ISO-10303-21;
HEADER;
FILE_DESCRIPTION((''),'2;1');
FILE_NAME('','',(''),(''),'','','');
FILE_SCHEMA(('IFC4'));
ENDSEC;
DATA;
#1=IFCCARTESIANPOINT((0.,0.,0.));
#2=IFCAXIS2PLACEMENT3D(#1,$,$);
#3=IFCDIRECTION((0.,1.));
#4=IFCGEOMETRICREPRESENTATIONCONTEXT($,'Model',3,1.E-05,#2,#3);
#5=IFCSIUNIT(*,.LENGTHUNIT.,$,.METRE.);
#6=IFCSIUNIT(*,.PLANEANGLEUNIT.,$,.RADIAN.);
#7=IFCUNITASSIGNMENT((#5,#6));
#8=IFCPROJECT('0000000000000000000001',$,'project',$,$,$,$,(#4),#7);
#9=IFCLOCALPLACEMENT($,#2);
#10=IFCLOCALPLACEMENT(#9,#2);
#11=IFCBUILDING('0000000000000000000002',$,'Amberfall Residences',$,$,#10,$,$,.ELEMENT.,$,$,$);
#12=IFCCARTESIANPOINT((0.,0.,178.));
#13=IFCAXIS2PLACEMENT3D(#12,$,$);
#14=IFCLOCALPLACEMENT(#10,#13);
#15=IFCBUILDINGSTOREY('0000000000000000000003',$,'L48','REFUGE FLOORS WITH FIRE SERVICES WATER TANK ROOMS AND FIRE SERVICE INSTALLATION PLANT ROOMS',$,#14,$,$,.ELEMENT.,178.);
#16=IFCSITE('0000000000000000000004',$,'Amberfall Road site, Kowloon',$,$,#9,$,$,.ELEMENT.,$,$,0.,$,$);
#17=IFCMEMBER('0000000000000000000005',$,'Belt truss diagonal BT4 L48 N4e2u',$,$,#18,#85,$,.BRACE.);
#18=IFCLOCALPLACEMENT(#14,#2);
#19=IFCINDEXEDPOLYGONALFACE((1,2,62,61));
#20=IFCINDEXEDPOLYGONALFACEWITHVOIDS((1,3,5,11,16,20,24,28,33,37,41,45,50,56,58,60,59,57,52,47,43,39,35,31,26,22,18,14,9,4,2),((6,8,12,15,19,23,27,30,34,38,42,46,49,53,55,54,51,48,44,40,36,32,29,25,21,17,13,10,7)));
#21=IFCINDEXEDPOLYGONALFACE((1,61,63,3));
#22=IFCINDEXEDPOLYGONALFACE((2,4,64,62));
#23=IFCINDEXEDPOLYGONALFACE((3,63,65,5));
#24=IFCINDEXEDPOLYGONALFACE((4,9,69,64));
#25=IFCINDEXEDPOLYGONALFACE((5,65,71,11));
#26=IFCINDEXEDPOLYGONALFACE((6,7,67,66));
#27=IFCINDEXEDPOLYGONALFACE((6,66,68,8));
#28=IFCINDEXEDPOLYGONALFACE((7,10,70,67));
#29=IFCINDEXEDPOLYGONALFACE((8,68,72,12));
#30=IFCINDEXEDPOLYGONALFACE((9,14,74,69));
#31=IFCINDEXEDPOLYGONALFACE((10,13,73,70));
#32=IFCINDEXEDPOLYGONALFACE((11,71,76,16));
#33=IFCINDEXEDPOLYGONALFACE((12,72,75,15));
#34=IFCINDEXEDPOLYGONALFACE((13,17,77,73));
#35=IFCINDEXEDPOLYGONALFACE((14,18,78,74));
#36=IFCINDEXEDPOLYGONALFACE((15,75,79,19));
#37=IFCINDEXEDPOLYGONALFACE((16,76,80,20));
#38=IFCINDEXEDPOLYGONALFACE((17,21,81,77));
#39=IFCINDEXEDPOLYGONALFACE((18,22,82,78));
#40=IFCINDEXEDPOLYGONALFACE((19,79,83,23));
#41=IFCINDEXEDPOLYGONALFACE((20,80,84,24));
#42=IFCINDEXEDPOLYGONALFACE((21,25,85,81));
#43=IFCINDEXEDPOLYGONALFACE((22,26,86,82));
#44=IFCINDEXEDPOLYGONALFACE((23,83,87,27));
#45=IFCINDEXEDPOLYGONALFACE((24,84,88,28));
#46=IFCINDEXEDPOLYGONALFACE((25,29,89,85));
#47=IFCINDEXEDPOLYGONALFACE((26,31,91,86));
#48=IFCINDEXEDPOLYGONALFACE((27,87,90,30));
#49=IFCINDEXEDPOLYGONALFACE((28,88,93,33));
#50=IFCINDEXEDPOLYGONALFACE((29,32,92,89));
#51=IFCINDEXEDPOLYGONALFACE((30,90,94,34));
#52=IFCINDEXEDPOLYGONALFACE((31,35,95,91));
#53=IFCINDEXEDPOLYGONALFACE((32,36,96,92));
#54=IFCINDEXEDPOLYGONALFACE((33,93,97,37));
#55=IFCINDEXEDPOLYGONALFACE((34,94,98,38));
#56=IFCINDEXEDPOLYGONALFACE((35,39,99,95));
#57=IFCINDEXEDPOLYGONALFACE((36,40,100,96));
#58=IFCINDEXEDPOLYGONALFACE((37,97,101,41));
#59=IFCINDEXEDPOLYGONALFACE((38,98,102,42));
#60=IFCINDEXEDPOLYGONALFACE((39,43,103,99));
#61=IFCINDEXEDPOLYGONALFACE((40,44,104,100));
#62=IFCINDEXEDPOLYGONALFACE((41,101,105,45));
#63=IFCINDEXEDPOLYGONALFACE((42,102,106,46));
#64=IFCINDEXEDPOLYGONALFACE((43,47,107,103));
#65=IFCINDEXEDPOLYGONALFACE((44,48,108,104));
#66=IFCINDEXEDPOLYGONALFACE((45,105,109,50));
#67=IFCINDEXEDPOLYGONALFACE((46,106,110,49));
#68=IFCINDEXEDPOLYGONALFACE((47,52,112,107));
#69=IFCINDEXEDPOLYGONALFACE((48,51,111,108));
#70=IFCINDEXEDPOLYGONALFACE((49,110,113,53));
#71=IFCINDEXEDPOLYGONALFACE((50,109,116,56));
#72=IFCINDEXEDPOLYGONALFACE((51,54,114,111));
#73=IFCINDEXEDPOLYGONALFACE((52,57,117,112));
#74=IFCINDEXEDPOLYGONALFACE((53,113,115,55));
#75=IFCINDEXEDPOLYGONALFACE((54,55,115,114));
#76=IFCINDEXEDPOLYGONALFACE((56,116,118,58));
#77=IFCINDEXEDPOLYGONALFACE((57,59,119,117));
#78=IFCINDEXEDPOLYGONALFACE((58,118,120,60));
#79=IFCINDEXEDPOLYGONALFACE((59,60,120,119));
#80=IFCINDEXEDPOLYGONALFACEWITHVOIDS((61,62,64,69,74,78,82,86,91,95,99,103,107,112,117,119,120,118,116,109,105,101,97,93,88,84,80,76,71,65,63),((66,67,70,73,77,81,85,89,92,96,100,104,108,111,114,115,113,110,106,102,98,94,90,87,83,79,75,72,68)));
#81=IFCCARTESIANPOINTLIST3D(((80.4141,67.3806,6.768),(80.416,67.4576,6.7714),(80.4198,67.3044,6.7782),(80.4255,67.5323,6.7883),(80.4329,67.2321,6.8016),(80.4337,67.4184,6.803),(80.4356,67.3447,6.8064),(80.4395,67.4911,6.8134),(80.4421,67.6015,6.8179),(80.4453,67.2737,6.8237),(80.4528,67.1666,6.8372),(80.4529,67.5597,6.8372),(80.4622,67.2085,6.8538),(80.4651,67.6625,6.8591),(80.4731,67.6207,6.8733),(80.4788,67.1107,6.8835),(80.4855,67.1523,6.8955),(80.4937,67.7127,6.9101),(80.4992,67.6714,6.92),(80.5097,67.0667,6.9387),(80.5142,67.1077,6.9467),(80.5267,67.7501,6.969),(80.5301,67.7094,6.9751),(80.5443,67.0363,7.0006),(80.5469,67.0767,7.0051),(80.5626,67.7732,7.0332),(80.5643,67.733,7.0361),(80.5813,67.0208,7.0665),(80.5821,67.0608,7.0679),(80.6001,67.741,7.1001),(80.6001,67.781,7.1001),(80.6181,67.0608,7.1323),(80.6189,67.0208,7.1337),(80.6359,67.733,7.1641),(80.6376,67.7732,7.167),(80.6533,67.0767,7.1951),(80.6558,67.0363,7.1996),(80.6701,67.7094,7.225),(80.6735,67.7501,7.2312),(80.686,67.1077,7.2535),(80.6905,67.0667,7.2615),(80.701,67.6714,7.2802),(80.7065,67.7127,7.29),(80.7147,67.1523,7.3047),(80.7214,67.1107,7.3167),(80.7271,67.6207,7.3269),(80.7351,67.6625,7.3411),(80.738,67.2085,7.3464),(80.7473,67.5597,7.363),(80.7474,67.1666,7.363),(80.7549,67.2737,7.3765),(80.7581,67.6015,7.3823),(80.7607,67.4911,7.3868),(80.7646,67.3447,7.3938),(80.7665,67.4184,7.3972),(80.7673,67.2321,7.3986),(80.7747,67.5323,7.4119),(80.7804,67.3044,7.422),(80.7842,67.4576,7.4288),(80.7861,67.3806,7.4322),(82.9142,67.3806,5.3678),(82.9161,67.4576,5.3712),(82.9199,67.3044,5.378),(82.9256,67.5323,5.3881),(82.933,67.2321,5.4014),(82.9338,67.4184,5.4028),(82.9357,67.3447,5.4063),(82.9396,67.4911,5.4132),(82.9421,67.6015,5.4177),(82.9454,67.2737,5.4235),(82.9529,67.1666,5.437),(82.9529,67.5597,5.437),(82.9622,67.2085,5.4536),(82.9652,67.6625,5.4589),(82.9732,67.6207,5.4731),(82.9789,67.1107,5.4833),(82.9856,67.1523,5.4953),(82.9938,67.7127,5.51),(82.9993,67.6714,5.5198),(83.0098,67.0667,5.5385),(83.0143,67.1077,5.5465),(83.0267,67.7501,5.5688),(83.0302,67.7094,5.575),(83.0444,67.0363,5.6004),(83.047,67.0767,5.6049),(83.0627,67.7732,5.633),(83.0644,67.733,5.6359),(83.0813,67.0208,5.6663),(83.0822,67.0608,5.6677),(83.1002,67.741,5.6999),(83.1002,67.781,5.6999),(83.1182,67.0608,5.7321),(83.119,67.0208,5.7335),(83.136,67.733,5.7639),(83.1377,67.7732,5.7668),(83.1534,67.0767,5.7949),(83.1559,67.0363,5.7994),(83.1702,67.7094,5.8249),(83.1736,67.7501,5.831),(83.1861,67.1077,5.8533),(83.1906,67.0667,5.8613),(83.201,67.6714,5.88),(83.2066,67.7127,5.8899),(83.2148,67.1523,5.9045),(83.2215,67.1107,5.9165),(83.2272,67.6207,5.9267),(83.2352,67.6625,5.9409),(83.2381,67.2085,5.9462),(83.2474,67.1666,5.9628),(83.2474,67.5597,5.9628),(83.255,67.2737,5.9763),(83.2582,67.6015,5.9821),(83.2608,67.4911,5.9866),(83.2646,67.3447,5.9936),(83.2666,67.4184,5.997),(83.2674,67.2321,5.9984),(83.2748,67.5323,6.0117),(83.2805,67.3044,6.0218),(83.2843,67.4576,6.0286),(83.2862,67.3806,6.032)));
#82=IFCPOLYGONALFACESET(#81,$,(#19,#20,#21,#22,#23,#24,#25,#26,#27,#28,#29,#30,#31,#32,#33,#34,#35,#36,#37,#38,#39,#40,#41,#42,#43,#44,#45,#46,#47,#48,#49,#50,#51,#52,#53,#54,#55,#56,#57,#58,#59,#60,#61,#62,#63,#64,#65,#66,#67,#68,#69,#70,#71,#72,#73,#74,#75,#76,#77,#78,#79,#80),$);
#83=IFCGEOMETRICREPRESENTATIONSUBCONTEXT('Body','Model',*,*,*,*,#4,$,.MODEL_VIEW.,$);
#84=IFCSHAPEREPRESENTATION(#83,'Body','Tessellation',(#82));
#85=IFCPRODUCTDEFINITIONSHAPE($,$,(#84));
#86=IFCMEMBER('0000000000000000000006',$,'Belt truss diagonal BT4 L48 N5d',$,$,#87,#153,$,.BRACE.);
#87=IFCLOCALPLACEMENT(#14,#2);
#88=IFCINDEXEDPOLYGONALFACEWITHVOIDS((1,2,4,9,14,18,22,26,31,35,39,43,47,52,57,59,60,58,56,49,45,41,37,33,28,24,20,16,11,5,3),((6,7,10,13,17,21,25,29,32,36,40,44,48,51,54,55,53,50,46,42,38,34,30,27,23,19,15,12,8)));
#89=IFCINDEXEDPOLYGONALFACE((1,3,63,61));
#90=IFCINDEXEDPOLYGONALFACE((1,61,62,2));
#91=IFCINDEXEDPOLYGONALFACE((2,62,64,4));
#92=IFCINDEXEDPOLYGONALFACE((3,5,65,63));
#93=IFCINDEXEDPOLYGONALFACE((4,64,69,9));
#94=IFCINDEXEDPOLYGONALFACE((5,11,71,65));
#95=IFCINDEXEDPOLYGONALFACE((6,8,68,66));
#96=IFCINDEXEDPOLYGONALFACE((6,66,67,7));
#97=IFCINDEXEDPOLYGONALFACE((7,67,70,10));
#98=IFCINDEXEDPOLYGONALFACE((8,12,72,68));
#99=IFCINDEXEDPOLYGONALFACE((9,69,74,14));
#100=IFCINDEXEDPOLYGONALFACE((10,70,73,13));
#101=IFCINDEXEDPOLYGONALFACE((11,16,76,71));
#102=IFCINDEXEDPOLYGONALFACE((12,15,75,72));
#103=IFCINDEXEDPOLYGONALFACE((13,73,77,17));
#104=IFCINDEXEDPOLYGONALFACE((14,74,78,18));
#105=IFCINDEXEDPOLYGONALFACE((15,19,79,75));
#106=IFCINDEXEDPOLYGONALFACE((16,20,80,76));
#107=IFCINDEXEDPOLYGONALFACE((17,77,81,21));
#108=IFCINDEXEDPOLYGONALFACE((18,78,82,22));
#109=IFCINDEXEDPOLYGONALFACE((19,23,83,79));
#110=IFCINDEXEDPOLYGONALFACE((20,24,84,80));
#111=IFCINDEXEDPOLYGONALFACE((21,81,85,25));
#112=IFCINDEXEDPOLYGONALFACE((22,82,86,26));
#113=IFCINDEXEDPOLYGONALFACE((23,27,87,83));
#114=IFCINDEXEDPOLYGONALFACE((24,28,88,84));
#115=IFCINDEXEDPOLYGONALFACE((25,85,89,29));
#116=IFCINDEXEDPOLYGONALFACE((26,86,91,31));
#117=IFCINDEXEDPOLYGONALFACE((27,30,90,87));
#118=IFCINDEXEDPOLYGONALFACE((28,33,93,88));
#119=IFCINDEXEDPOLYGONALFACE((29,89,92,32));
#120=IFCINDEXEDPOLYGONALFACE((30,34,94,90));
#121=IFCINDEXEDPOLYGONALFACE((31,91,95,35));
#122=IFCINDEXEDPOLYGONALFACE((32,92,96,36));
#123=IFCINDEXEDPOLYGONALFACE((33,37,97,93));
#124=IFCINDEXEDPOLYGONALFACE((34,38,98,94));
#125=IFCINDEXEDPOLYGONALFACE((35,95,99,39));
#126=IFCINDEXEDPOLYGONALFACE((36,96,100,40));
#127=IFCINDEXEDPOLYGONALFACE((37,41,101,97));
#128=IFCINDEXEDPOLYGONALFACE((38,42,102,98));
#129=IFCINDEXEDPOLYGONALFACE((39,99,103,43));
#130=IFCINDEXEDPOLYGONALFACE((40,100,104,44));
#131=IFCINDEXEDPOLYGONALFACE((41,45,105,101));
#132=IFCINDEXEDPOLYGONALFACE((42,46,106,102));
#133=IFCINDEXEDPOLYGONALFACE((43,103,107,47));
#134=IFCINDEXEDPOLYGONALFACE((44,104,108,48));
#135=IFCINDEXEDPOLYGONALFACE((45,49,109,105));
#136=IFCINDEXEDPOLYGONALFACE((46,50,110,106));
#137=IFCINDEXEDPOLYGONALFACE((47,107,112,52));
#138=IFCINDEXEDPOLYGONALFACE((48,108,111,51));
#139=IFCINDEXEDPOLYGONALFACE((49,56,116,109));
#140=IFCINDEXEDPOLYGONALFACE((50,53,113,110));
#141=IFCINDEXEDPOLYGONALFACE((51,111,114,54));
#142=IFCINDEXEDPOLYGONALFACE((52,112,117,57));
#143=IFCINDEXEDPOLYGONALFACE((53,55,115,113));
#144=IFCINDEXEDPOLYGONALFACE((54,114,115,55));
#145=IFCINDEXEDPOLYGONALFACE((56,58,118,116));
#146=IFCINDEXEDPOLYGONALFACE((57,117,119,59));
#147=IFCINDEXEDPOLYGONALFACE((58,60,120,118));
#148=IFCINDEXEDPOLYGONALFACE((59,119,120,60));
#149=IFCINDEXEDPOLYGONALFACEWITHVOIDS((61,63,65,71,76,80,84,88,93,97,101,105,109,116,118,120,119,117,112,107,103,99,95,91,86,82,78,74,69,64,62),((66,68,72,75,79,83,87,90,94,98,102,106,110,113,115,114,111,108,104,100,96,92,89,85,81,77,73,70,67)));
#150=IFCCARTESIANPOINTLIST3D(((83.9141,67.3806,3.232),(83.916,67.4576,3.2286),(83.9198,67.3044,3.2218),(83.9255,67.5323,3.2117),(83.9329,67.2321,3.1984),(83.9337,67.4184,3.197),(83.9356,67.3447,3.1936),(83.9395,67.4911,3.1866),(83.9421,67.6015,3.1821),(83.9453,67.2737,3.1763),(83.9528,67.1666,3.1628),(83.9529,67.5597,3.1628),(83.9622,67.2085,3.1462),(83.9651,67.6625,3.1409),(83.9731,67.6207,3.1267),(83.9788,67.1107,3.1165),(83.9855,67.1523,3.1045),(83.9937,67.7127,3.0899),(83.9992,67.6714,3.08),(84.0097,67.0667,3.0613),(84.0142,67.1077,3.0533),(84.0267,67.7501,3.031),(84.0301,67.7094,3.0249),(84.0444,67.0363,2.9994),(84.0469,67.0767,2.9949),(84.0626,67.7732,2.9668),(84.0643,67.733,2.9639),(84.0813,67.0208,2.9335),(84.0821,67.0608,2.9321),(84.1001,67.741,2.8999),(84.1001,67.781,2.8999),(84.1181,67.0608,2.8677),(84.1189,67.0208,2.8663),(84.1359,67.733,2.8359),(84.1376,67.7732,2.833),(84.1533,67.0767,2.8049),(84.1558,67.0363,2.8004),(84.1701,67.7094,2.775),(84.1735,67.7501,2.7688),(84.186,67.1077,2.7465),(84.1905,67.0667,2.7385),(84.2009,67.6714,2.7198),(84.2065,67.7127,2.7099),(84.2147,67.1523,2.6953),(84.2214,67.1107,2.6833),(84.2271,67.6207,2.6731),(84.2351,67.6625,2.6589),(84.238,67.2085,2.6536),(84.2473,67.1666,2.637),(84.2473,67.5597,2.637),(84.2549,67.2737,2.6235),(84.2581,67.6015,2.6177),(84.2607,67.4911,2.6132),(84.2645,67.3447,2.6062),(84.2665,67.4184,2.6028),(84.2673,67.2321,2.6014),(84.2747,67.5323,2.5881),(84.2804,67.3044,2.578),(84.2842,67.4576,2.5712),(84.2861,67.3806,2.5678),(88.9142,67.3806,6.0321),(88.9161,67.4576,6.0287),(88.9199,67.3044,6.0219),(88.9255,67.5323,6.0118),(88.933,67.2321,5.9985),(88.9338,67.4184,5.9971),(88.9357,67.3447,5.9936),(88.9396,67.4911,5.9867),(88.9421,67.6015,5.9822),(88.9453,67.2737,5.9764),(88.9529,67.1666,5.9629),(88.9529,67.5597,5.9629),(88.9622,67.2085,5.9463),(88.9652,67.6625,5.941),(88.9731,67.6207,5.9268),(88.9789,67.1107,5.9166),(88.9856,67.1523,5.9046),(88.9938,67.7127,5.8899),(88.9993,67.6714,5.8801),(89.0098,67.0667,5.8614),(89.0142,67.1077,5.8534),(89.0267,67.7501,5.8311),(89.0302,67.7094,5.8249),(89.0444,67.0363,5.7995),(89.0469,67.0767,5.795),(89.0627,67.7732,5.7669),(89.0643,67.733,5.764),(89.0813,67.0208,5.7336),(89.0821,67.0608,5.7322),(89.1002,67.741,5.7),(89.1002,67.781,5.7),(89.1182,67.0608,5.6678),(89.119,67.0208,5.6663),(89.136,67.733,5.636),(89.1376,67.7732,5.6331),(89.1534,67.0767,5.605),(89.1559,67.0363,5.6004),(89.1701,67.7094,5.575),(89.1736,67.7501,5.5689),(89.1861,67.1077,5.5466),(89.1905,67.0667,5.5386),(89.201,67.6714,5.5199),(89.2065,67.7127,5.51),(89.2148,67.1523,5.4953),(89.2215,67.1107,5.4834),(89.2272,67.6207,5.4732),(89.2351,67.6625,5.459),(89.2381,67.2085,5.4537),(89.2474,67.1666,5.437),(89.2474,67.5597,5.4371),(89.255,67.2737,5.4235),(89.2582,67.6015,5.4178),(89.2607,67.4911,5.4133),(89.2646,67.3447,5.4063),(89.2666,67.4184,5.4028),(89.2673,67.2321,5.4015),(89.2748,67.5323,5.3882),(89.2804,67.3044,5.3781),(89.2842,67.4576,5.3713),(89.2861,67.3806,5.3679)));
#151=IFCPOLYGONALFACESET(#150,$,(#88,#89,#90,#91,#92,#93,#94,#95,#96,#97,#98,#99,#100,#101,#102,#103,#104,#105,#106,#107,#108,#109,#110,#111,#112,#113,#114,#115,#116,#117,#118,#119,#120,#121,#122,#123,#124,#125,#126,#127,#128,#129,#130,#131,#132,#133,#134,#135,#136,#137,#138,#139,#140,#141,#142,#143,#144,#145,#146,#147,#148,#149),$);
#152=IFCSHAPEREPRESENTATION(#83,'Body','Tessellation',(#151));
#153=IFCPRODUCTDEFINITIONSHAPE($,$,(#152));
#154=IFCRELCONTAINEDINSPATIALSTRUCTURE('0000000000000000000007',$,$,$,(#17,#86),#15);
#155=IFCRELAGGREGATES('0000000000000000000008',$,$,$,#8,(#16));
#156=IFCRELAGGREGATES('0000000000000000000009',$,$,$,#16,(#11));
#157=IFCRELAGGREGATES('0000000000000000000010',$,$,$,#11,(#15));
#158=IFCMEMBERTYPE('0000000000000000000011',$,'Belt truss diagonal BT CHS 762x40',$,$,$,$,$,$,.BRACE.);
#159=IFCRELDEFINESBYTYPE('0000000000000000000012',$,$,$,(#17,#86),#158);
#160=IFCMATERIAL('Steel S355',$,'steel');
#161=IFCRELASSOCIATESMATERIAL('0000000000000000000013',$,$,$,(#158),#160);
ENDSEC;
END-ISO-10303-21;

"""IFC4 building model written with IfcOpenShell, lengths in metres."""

from ifc_helpers import new_model, si_unit, direction, frame, origin, origin_2d, place, context, subcontext, project, spatial, hollow_circle, extrude, material, material_profile, profile_set, type_object, element, save


model = new_model("IFC4")

# Units and contexts
model_context = context("Model", 3, precision=1e-05, world=origin(), true_north=direction((0.0, 1.0)))
body_context = subcontext(model_context, "Body", "Model", "MODEL_VIEW")
ifc_project = project(units=[si_unit("LENGTHUNIT", "METRE"), si_unit("PLANEANGLEUNIT", "RADIAN")], contexts=[model_context])

# Site, building, storey
site_placement = place(None, origin())
site = spatial("IfcSite", under=ifc_project, at=site_placement, Name="Amberfall Road site, Kowloon", CompositionType="ELEMENT", RefElevation=0.0)
building_placement = place(site_placement, origin())
building = spatial("IfcBuilding", under=site, at=building_placement, Name="Amberfall Residences", CompositionType="ELEMENT")
storey_placement = place(building_placement, frame((0.0, 0.0, 178.0)))
storey = spatial("IfcBuildingStorey", under=building, at=storey_placement, Name="L48", Description="REFUGE FLOORS WITH FIRE SERVICES WATER TANK ROOMS AND FIRE SERVICE INSTALLATION PLANT ROOMS", CompositionType="ELEMENT", Elevation=178.0)

# Shared definitions
ifc_material_1 = material(Name="Steel S355", Category="steel")

# Members
ifc_material_profile_1 = material_profile(ifc_material_1, hollow_circle(Radius=0.3811, WallThickness=0.04, at=origin_2d()), Name="CHS 762x40")
ifc_profile_set_1 = profile_set([ifc_material_profile_1], Name="Steel S355")
member_type = type_object("IfcMemberType", Name="Belt truss diagonal BT CHS 762x40", PredefinedType="BRACE", material=ifc_profile_set_1)
member_1_placement = place(storey_placement, frame((80.6001, 67.3999, 7.1001), z_axis=(0.872484, 0.0, -0.488642), x_axis=(0.0, 1.0, 0.0)))
element("IfcMember", 1, at=member_1_placement, inside=storey, type_object=member_type, Name="Belt truss diagonal BT4 L48 N4e2u", PredefinedType="BRACE", context=body_context, shape_type="SweptSolid", body=[
    extrude(hollow_circle(Radius=0.3811, WallThickness=0.04, at=origin_2d()), origin(), (0.0, 0.0, 1.0), 2.8655),
])
member_2_placement = place(storey_placement, frame((84.1001, 67.3999, 2.8999), z_axis=(0.872502, 0.0, 0.48861), x_axis=(0.0, 1.0, 0.0)))
element("IfcMember", 2, at=member_2_placement, inside=storey, type_object=member_type, Name="Belt truss diagonal BT4 L48 N5d", PredefinedType="BRACE", context=body_context, shape_type="SweptSolid", body=[
    extrude(hollow_circle(Radius=0.3811, WallThickness=0.04, at=origin_2d()), origin(), (0.0, 0.0, 1.0), 5.7307),
])

save(model, "model.ifc")
